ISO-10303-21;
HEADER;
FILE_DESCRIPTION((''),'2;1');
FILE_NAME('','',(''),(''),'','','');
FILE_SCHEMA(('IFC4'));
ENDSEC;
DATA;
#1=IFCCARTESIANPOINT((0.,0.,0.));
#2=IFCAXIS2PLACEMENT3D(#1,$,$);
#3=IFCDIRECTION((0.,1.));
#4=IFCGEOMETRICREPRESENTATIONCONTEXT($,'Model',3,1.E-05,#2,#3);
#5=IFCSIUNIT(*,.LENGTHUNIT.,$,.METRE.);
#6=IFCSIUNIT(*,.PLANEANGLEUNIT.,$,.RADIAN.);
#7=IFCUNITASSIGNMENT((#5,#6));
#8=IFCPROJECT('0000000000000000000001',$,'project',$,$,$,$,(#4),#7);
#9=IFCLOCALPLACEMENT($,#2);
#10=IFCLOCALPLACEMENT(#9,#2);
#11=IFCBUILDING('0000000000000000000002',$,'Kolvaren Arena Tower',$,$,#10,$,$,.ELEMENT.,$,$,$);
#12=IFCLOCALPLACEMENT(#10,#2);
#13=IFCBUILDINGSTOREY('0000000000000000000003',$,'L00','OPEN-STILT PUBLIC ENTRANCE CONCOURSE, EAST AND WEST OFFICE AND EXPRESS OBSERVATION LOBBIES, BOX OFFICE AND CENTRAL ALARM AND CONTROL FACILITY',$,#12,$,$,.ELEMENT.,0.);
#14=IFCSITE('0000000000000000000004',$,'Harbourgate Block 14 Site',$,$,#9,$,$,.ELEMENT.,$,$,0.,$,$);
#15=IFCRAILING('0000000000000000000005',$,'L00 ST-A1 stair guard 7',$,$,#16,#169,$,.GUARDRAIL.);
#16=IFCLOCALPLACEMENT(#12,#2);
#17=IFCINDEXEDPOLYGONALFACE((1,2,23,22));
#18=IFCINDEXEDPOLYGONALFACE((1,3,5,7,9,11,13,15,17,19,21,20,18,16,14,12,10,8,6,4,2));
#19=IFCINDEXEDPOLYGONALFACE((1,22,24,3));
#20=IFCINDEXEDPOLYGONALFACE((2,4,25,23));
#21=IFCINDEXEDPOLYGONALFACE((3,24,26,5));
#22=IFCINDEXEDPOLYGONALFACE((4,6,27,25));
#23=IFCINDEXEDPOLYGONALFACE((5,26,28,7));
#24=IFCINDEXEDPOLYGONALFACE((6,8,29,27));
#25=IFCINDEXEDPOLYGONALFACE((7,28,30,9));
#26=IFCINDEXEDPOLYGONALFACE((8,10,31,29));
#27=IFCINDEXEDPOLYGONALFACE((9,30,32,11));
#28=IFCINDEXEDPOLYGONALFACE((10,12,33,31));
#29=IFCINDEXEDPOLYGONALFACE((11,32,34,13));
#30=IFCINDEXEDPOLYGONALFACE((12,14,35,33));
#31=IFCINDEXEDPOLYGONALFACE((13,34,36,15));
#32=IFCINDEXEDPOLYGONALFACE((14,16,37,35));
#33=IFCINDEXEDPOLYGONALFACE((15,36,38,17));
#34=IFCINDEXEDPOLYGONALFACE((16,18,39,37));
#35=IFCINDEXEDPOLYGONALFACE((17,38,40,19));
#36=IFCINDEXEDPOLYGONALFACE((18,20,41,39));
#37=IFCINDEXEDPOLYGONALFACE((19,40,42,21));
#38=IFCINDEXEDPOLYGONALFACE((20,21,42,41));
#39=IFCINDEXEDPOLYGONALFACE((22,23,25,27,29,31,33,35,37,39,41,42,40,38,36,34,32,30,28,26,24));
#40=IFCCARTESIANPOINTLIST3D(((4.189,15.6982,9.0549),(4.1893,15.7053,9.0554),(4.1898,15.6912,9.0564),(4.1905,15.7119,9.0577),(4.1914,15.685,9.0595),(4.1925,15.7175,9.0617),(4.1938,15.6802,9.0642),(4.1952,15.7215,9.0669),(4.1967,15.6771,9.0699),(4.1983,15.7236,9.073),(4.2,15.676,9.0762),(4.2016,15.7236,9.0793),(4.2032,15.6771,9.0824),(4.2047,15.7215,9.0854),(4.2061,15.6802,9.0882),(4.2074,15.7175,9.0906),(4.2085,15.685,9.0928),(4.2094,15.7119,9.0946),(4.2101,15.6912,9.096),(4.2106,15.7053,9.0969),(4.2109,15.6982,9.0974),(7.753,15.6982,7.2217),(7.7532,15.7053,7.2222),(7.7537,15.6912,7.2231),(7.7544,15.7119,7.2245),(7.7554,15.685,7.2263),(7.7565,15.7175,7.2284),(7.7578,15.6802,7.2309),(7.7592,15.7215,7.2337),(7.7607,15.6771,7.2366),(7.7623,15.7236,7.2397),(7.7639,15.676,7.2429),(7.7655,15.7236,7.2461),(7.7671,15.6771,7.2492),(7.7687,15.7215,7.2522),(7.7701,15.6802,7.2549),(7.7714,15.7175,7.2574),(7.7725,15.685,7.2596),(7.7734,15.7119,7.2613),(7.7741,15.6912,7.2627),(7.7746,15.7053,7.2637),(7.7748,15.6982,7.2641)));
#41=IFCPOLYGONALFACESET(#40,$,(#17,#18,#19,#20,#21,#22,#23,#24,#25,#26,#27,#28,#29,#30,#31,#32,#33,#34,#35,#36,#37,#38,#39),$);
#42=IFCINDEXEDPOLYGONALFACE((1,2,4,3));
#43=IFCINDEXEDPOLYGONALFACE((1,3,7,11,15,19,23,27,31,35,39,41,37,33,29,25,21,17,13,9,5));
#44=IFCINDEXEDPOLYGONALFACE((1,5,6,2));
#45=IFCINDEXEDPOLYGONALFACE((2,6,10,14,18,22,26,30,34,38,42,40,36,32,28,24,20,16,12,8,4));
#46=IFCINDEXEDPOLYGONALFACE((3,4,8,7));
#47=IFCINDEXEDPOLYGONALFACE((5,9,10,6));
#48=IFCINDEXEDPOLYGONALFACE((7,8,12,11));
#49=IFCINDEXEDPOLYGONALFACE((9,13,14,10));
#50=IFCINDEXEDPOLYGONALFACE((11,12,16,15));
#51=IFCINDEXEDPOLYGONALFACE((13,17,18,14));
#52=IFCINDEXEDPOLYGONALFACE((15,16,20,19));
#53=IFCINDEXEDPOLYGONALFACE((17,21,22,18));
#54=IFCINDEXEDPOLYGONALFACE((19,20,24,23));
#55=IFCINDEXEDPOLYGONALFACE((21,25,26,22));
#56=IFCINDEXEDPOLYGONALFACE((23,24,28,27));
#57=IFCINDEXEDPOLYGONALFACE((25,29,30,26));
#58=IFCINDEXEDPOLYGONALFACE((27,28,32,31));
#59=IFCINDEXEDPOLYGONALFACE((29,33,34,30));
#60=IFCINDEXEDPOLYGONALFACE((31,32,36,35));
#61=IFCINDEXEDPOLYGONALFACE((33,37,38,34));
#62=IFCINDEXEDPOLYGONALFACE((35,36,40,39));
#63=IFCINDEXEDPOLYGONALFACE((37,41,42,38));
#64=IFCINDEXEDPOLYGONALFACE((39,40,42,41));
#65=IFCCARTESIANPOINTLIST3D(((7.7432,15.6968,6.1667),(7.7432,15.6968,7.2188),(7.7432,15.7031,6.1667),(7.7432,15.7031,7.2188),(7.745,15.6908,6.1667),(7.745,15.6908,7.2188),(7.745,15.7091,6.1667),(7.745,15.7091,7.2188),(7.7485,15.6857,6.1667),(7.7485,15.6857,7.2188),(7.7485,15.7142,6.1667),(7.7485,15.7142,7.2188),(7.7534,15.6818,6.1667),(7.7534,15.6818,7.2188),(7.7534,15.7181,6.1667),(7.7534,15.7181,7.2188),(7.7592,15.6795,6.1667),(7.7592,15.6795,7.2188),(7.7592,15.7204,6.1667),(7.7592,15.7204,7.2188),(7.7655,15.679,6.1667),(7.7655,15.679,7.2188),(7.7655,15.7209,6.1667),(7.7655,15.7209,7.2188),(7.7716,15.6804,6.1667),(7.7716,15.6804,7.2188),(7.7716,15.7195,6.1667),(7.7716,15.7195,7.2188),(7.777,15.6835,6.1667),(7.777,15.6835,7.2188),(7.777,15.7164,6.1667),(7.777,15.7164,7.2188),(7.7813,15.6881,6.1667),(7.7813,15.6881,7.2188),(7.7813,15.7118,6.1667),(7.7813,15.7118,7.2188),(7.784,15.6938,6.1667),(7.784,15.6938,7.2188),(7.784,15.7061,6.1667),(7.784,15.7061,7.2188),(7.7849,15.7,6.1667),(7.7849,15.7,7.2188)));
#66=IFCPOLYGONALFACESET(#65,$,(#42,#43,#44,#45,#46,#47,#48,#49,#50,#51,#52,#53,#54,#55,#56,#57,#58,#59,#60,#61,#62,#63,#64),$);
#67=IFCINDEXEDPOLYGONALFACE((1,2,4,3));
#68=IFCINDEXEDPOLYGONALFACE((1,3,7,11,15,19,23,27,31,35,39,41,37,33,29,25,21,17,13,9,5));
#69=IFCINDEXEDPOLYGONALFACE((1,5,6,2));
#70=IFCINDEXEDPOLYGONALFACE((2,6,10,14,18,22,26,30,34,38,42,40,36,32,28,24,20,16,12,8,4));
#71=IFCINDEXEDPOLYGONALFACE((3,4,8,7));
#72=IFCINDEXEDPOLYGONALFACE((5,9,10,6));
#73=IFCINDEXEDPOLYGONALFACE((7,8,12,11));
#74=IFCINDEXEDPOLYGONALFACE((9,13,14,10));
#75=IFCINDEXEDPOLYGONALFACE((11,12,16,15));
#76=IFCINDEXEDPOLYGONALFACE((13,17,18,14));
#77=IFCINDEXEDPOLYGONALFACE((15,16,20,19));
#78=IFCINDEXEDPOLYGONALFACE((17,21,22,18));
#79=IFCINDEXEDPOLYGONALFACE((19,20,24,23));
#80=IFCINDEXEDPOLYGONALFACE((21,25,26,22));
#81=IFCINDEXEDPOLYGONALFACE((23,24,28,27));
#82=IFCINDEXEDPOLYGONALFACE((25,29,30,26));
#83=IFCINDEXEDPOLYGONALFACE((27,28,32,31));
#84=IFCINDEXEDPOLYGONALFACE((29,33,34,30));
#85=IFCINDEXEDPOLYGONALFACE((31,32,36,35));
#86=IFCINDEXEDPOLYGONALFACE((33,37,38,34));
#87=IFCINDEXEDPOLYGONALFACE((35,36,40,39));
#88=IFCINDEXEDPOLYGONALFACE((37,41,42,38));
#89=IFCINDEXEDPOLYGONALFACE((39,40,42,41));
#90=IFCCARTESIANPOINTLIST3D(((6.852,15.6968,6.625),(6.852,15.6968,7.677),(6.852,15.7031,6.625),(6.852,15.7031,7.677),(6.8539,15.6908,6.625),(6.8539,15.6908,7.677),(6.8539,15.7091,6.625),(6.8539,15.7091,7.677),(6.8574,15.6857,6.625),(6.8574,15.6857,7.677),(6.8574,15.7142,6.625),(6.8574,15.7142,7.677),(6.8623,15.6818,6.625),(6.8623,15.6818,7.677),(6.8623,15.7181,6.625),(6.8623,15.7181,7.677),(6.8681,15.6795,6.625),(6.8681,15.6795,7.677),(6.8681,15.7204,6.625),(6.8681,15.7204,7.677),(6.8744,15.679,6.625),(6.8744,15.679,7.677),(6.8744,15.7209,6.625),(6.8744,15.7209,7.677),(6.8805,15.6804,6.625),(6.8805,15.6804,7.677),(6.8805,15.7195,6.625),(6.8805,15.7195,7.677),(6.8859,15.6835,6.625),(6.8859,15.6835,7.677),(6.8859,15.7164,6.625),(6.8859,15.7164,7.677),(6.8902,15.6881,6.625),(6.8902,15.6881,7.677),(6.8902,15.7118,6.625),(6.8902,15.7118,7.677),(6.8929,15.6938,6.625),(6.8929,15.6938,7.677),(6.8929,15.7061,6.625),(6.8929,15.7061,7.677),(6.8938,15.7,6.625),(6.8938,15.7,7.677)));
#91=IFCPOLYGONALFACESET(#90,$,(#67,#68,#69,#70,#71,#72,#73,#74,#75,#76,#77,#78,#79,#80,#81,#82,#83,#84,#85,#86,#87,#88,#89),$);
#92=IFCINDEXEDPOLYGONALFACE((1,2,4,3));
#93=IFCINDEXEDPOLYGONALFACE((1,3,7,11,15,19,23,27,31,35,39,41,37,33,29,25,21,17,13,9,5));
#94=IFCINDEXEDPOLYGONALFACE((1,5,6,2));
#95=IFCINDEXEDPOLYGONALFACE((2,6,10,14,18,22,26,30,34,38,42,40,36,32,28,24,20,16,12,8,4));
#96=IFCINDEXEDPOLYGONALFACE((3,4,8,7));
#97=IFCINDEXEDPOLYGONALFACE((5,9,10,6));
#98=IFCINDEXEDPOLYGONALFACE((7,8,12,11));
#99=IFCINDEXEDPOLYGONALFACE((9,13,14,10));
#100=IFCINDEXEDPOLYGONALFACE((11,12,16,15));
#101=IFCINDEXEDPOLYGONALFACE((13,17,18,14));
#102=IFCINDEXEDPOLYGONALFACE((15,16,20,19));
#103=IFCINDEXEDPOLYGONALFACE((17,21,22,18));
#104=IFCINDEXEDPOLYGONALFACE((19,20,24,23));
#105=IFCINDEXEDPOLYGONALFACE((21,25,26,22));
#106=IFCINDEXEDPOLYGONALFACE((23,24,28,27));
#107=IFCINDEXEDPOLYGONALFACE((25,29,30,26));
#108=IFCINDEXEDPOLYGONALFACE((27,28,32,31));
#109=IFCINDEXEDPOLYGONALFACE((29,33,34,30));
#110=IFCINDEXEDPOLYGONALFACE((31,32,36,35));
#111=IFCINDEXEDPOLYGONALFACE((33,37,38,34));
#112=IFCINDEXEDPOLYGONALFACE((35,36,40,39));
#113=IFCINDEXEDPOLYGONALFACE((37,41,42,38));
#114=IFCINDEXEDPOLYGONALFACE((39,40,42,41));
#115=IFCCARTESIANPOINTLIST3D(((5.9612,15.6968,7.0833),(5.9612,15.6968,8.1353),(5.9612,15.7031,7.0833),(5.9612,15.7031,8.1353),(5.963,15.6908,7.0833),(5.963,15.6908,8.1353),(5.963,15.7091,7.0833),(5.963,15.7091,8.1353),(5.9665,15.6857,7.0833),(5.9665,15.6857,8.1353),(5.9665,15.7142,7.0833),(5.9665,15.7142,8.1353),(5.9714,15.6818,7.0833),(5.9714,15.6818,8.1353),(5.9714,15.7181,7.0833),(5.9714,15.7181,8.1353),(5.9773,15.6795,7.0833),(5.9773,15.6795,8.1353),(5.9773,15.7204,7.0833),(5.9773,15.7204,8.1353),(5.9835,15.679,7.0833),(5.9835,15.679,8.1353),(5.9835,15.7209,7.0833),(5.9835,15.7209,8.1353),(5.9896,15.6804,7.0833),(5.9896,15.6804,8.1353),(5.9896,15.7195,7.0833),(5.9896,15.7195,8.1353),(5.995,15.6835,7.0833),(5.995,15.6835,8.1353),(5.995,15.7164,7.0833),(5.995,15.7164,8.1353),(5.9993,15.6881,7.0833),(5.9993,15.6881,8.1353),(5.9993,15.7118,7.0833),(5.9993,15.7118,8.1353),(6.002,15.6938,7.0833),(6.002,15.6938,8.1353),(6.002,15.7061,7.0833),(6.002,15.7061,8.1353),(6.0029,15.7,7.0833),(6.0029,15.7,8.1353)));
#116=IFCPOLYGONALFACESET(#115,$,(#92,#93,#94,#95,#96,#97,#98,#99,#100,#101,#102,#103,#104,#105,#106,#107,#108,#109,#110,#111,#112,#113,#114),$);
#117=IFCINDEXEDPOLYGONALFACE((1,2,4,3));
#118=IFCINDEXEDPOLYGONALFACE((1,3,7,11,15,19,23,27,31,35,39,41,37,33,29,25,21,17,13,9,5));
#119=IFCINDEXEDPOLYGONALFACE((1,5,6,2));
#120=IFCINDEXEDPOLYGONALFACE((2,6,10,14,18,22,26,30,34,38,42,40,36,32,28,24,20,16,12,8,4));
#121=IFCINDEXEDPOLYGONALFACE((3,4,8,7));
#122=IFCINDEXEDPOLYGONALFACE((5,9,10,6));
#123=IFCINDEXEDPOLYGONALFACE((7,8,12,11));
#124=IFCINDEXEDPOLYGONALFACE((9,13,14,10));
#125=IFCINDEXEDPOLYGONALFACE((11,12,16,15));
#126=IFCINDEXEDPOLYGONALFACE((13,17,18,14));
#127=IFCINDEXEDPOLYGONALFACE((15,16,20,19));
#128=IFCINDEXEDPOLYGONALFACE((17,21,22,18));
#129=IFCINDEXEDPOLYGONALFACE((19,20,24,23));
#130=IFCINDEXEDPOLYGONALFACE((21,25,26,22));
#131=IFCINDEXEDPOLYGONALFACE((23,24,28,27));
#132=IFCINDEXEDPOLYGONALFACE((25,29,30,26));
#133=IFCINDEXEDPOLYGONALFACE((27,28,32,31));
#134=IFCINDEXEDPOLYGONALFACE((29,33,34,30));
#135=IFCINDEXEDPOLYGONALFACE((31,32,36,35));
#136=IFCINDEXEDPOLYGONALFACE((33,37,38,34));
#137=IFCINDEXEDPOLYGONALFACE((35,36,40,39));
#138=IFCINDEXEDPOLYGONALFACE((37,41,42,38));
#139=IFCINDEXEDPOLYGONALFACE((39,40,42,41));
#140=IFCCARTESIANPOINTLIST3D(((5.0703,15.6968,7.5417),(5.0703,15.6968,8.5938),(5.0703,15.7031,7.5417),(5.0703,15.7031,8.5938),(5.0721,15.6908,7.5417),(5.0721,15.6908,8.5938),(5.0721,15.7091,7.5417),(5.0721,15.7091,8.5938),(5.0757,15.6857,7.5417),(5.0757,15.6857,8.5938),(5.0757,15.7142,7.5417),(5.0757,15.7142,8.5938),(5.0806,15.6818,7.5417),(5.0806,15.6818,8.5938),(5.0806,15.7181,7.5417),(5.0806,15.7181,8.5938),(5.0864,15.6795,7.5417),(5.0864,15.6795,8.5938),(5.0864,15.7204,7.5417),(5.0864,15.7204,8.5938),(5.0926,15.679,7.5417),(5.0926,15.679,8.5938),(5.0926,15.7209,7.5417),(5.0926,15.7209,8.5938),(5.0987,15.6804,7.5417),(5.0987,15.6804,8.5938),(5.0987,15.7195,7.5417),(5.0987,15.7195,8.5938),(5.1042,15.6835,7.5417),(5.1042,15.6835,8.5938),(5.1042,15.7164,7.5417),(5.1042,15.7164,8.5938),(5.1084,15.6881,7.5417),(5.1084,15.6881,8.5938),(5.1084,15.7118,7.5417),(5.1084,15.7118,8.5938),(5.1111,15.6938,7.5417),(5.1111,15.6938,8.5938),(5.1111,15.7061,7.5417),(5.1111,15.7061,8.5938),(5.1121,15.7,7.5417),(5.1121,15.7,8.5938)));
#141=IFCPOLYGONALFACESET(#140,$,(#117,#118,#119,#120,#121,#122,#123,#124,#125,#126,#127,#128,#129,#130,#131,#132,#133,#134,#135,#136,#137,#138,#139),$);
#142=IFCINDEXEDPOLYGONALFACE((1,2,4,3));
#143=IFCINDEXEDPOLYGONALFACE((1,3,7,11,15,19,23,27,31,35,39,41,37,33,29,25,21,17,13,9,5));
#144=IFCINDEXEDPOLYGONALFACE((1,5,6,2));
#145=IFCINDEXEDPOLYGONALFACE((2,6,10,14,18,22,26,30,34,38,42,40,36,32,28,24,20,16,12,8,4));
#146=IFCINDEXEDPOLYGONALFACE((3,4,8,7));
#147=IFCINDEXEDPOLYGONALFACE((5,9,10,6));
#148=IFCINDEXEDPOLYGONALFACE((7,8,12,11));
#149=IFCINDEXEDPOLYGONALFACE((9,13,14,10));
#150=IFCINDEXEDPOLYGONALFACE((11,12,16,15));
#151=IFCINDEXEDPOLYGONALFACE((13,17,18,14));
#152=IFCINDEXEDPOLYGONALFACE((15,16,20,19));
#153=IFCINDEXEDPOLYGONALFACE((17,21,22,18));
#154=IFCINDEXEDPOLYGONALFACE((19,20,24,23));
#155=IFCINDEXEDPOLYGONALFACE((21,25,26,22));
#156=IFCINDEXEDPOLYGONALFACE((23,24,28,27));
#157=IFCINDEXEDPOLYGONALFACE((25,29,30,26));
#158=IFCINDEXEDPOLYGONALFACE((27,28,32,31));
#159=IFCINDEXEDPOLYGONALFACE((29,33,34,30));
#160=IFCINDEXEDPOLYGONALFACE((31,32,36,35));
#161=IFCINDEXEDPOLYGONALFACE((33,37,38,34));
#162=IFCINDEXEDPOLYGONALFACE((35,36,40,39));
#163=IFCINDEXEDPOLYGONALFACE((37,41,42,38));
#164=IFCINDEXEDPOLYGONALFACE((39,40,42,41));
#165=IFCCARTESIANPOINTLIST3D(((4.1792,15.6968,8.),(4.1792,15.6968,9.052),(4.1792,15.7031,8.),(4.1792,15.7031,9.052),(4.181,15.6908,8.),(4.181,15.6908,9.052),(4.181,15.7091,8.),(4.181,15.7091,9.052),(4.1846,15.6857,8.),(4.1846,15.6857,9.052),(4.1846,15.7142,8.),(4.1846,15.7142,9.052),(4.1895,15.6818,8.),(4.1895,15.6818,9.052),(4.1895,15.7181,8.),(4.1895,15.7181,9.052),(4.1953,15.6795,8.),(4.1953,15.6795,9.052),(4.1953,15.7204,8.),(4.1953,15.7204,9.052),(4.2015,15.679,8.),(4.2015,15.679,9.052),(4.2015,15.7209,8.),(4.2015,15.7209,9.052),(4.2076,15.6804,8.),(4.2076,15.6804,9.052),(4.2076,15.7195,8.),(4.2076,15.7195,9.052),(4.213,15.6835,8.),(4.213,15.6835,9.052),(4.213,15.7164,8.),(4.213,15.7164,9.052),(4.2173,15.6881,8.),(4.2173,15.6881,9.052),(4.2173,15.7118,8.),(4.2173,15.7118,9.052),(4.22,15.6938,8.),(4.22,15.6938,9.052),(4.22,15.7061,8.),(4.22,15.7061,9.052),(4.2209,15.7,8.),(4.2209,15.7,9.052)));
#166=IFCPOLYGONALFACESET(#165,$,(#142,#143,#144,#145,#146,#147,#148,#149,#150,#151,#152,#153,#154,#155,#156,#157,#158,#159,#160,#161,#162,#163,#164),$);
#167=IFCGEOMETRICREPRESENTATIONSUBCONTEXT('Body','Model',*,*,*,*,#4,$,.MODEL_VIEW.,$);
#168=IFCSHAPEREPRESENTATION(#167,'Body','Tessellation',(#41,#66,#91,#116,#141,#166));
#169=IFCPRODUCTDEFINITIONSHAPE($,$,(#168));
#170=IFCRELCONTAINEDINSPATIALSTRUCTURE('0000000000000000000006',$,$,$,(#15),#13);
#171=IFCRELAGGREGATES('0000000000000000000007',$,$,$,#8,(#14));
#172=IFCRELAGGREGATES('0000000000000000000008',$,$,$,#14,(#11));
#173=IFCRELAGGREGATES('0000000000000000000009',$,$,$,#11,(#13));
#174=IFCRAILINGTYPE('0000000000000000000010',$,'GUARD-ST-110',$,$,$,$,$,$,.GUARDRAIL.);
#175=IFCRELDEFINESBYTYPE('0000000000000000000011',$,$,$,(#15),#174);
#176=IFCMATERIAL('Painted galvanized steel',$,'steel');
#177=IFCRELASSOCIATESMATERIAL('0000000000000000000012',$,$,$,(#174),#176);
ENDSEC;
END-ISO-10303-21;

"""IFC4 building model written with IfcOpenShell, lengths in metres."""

from ifc_helpers import new_model, si_unit, direction, frame, origin, origin_2d, place, context, subcontext, project, spatial, circle, extrude, material, type_object, element, save


model = new_model("IFC4")

# Units and contexts
model_context = context("Model", 3, precision=1e-05, world=origin(), true_north=direction((0.0, 1.0)))
body_context = subcontext(model_context, "Body", "Model", "MODEL_VIEW")
ifc_project = project(units=[si_unit("LENGTHUNIT", "METRE"), si_unit("PLANEANGLEUNIT", "RADIAN")], contexts=[model_context])

# Site, building, storey
site_placement = place(None, origin())
site = spatial("IfcSite", under=ifc_project, at=site_placement, Name="Harbourgate Block 14 Site", CompositionType="ELEMENT", RefElevation=0.0)
building_placement = place(site_placement, origin())
building = spatial("IfcBuilding", under=site, at=building_placement, Name="Kolvaren Arena Tower", CompositionType="ELEMENT")
storey_placement = place(building_placement, origin())
storey = spatial("IfcBuildingStorey", under=building, at=storey_placement, Name="L00", Description="OPEN-STILT PUBLIC ENTRANCE CONCOURSE, EAST AND WEST OFFICE AND EXPRESS OBSERVATION LOBBIES, BOX OFFICE AND CENTRAL ALARM AND CONTROL FACILITY", CompositionType="ELEMENT", Elevation=0.0)

# Railing
ifc_material_1 = material(Name="Painted galvanized steel", Category="steel")
railing_type_1 = type_object("IfcRailingType", Name="GUARD-ST-110", PredefinedType="GUARDRAIL", material=ifc_material_1)
railing_1_placement = place(storey_placement, frame((7.7639, 15.7, 6.1667)))
element("IfcRailing", 1, at=railing_1_placement, inside=storey, type_object=railing_type_1, Name="L00 ST-A1 stair guard 7", PredefinedType="GUARDRAIL", context=body_context, shape_type="SweptSolid", body=[
    extrude(circle(Radius=0.0239, at=origin_2d()), frame((0.0, 0.0, 1.0762), z_axis=(-0.889252, 0.0, 0.457418), x_axis=(0.0, -1.0, 0.0)), (0.0, 0.0, 1.0), 4.0078),
    extrude(circle(Radius=0.021, at=origin_2d()), origin(), (0.0, 0.0, 1.0), 1.052),
    extrude(circle(Radius=0.021, at=origin_2d()), frame((-0.8911, 0.0, 0.4583)), (0.0, 0.0, 1.0), 1.052),
    extrude(circle(Radius=0.021, at=origin_2d()), frame((-1.782, 0.0, 0.9165)), (0.0, 0.0, 1.0), 1.052),
    extrude(circle(Radius=0.021, at=origin_2d()), frame((-2.6729, 0.0, 1.375)), (0.0, 0.0, 1.0), 1.052),
    extrude(circle(Radius=0.021, at=origin_2d()), frame((-3.564, 0.0, 1.8333)), (0.0, 0.0, 1.0), 1.052),
])

save(model, "model.ifc")
